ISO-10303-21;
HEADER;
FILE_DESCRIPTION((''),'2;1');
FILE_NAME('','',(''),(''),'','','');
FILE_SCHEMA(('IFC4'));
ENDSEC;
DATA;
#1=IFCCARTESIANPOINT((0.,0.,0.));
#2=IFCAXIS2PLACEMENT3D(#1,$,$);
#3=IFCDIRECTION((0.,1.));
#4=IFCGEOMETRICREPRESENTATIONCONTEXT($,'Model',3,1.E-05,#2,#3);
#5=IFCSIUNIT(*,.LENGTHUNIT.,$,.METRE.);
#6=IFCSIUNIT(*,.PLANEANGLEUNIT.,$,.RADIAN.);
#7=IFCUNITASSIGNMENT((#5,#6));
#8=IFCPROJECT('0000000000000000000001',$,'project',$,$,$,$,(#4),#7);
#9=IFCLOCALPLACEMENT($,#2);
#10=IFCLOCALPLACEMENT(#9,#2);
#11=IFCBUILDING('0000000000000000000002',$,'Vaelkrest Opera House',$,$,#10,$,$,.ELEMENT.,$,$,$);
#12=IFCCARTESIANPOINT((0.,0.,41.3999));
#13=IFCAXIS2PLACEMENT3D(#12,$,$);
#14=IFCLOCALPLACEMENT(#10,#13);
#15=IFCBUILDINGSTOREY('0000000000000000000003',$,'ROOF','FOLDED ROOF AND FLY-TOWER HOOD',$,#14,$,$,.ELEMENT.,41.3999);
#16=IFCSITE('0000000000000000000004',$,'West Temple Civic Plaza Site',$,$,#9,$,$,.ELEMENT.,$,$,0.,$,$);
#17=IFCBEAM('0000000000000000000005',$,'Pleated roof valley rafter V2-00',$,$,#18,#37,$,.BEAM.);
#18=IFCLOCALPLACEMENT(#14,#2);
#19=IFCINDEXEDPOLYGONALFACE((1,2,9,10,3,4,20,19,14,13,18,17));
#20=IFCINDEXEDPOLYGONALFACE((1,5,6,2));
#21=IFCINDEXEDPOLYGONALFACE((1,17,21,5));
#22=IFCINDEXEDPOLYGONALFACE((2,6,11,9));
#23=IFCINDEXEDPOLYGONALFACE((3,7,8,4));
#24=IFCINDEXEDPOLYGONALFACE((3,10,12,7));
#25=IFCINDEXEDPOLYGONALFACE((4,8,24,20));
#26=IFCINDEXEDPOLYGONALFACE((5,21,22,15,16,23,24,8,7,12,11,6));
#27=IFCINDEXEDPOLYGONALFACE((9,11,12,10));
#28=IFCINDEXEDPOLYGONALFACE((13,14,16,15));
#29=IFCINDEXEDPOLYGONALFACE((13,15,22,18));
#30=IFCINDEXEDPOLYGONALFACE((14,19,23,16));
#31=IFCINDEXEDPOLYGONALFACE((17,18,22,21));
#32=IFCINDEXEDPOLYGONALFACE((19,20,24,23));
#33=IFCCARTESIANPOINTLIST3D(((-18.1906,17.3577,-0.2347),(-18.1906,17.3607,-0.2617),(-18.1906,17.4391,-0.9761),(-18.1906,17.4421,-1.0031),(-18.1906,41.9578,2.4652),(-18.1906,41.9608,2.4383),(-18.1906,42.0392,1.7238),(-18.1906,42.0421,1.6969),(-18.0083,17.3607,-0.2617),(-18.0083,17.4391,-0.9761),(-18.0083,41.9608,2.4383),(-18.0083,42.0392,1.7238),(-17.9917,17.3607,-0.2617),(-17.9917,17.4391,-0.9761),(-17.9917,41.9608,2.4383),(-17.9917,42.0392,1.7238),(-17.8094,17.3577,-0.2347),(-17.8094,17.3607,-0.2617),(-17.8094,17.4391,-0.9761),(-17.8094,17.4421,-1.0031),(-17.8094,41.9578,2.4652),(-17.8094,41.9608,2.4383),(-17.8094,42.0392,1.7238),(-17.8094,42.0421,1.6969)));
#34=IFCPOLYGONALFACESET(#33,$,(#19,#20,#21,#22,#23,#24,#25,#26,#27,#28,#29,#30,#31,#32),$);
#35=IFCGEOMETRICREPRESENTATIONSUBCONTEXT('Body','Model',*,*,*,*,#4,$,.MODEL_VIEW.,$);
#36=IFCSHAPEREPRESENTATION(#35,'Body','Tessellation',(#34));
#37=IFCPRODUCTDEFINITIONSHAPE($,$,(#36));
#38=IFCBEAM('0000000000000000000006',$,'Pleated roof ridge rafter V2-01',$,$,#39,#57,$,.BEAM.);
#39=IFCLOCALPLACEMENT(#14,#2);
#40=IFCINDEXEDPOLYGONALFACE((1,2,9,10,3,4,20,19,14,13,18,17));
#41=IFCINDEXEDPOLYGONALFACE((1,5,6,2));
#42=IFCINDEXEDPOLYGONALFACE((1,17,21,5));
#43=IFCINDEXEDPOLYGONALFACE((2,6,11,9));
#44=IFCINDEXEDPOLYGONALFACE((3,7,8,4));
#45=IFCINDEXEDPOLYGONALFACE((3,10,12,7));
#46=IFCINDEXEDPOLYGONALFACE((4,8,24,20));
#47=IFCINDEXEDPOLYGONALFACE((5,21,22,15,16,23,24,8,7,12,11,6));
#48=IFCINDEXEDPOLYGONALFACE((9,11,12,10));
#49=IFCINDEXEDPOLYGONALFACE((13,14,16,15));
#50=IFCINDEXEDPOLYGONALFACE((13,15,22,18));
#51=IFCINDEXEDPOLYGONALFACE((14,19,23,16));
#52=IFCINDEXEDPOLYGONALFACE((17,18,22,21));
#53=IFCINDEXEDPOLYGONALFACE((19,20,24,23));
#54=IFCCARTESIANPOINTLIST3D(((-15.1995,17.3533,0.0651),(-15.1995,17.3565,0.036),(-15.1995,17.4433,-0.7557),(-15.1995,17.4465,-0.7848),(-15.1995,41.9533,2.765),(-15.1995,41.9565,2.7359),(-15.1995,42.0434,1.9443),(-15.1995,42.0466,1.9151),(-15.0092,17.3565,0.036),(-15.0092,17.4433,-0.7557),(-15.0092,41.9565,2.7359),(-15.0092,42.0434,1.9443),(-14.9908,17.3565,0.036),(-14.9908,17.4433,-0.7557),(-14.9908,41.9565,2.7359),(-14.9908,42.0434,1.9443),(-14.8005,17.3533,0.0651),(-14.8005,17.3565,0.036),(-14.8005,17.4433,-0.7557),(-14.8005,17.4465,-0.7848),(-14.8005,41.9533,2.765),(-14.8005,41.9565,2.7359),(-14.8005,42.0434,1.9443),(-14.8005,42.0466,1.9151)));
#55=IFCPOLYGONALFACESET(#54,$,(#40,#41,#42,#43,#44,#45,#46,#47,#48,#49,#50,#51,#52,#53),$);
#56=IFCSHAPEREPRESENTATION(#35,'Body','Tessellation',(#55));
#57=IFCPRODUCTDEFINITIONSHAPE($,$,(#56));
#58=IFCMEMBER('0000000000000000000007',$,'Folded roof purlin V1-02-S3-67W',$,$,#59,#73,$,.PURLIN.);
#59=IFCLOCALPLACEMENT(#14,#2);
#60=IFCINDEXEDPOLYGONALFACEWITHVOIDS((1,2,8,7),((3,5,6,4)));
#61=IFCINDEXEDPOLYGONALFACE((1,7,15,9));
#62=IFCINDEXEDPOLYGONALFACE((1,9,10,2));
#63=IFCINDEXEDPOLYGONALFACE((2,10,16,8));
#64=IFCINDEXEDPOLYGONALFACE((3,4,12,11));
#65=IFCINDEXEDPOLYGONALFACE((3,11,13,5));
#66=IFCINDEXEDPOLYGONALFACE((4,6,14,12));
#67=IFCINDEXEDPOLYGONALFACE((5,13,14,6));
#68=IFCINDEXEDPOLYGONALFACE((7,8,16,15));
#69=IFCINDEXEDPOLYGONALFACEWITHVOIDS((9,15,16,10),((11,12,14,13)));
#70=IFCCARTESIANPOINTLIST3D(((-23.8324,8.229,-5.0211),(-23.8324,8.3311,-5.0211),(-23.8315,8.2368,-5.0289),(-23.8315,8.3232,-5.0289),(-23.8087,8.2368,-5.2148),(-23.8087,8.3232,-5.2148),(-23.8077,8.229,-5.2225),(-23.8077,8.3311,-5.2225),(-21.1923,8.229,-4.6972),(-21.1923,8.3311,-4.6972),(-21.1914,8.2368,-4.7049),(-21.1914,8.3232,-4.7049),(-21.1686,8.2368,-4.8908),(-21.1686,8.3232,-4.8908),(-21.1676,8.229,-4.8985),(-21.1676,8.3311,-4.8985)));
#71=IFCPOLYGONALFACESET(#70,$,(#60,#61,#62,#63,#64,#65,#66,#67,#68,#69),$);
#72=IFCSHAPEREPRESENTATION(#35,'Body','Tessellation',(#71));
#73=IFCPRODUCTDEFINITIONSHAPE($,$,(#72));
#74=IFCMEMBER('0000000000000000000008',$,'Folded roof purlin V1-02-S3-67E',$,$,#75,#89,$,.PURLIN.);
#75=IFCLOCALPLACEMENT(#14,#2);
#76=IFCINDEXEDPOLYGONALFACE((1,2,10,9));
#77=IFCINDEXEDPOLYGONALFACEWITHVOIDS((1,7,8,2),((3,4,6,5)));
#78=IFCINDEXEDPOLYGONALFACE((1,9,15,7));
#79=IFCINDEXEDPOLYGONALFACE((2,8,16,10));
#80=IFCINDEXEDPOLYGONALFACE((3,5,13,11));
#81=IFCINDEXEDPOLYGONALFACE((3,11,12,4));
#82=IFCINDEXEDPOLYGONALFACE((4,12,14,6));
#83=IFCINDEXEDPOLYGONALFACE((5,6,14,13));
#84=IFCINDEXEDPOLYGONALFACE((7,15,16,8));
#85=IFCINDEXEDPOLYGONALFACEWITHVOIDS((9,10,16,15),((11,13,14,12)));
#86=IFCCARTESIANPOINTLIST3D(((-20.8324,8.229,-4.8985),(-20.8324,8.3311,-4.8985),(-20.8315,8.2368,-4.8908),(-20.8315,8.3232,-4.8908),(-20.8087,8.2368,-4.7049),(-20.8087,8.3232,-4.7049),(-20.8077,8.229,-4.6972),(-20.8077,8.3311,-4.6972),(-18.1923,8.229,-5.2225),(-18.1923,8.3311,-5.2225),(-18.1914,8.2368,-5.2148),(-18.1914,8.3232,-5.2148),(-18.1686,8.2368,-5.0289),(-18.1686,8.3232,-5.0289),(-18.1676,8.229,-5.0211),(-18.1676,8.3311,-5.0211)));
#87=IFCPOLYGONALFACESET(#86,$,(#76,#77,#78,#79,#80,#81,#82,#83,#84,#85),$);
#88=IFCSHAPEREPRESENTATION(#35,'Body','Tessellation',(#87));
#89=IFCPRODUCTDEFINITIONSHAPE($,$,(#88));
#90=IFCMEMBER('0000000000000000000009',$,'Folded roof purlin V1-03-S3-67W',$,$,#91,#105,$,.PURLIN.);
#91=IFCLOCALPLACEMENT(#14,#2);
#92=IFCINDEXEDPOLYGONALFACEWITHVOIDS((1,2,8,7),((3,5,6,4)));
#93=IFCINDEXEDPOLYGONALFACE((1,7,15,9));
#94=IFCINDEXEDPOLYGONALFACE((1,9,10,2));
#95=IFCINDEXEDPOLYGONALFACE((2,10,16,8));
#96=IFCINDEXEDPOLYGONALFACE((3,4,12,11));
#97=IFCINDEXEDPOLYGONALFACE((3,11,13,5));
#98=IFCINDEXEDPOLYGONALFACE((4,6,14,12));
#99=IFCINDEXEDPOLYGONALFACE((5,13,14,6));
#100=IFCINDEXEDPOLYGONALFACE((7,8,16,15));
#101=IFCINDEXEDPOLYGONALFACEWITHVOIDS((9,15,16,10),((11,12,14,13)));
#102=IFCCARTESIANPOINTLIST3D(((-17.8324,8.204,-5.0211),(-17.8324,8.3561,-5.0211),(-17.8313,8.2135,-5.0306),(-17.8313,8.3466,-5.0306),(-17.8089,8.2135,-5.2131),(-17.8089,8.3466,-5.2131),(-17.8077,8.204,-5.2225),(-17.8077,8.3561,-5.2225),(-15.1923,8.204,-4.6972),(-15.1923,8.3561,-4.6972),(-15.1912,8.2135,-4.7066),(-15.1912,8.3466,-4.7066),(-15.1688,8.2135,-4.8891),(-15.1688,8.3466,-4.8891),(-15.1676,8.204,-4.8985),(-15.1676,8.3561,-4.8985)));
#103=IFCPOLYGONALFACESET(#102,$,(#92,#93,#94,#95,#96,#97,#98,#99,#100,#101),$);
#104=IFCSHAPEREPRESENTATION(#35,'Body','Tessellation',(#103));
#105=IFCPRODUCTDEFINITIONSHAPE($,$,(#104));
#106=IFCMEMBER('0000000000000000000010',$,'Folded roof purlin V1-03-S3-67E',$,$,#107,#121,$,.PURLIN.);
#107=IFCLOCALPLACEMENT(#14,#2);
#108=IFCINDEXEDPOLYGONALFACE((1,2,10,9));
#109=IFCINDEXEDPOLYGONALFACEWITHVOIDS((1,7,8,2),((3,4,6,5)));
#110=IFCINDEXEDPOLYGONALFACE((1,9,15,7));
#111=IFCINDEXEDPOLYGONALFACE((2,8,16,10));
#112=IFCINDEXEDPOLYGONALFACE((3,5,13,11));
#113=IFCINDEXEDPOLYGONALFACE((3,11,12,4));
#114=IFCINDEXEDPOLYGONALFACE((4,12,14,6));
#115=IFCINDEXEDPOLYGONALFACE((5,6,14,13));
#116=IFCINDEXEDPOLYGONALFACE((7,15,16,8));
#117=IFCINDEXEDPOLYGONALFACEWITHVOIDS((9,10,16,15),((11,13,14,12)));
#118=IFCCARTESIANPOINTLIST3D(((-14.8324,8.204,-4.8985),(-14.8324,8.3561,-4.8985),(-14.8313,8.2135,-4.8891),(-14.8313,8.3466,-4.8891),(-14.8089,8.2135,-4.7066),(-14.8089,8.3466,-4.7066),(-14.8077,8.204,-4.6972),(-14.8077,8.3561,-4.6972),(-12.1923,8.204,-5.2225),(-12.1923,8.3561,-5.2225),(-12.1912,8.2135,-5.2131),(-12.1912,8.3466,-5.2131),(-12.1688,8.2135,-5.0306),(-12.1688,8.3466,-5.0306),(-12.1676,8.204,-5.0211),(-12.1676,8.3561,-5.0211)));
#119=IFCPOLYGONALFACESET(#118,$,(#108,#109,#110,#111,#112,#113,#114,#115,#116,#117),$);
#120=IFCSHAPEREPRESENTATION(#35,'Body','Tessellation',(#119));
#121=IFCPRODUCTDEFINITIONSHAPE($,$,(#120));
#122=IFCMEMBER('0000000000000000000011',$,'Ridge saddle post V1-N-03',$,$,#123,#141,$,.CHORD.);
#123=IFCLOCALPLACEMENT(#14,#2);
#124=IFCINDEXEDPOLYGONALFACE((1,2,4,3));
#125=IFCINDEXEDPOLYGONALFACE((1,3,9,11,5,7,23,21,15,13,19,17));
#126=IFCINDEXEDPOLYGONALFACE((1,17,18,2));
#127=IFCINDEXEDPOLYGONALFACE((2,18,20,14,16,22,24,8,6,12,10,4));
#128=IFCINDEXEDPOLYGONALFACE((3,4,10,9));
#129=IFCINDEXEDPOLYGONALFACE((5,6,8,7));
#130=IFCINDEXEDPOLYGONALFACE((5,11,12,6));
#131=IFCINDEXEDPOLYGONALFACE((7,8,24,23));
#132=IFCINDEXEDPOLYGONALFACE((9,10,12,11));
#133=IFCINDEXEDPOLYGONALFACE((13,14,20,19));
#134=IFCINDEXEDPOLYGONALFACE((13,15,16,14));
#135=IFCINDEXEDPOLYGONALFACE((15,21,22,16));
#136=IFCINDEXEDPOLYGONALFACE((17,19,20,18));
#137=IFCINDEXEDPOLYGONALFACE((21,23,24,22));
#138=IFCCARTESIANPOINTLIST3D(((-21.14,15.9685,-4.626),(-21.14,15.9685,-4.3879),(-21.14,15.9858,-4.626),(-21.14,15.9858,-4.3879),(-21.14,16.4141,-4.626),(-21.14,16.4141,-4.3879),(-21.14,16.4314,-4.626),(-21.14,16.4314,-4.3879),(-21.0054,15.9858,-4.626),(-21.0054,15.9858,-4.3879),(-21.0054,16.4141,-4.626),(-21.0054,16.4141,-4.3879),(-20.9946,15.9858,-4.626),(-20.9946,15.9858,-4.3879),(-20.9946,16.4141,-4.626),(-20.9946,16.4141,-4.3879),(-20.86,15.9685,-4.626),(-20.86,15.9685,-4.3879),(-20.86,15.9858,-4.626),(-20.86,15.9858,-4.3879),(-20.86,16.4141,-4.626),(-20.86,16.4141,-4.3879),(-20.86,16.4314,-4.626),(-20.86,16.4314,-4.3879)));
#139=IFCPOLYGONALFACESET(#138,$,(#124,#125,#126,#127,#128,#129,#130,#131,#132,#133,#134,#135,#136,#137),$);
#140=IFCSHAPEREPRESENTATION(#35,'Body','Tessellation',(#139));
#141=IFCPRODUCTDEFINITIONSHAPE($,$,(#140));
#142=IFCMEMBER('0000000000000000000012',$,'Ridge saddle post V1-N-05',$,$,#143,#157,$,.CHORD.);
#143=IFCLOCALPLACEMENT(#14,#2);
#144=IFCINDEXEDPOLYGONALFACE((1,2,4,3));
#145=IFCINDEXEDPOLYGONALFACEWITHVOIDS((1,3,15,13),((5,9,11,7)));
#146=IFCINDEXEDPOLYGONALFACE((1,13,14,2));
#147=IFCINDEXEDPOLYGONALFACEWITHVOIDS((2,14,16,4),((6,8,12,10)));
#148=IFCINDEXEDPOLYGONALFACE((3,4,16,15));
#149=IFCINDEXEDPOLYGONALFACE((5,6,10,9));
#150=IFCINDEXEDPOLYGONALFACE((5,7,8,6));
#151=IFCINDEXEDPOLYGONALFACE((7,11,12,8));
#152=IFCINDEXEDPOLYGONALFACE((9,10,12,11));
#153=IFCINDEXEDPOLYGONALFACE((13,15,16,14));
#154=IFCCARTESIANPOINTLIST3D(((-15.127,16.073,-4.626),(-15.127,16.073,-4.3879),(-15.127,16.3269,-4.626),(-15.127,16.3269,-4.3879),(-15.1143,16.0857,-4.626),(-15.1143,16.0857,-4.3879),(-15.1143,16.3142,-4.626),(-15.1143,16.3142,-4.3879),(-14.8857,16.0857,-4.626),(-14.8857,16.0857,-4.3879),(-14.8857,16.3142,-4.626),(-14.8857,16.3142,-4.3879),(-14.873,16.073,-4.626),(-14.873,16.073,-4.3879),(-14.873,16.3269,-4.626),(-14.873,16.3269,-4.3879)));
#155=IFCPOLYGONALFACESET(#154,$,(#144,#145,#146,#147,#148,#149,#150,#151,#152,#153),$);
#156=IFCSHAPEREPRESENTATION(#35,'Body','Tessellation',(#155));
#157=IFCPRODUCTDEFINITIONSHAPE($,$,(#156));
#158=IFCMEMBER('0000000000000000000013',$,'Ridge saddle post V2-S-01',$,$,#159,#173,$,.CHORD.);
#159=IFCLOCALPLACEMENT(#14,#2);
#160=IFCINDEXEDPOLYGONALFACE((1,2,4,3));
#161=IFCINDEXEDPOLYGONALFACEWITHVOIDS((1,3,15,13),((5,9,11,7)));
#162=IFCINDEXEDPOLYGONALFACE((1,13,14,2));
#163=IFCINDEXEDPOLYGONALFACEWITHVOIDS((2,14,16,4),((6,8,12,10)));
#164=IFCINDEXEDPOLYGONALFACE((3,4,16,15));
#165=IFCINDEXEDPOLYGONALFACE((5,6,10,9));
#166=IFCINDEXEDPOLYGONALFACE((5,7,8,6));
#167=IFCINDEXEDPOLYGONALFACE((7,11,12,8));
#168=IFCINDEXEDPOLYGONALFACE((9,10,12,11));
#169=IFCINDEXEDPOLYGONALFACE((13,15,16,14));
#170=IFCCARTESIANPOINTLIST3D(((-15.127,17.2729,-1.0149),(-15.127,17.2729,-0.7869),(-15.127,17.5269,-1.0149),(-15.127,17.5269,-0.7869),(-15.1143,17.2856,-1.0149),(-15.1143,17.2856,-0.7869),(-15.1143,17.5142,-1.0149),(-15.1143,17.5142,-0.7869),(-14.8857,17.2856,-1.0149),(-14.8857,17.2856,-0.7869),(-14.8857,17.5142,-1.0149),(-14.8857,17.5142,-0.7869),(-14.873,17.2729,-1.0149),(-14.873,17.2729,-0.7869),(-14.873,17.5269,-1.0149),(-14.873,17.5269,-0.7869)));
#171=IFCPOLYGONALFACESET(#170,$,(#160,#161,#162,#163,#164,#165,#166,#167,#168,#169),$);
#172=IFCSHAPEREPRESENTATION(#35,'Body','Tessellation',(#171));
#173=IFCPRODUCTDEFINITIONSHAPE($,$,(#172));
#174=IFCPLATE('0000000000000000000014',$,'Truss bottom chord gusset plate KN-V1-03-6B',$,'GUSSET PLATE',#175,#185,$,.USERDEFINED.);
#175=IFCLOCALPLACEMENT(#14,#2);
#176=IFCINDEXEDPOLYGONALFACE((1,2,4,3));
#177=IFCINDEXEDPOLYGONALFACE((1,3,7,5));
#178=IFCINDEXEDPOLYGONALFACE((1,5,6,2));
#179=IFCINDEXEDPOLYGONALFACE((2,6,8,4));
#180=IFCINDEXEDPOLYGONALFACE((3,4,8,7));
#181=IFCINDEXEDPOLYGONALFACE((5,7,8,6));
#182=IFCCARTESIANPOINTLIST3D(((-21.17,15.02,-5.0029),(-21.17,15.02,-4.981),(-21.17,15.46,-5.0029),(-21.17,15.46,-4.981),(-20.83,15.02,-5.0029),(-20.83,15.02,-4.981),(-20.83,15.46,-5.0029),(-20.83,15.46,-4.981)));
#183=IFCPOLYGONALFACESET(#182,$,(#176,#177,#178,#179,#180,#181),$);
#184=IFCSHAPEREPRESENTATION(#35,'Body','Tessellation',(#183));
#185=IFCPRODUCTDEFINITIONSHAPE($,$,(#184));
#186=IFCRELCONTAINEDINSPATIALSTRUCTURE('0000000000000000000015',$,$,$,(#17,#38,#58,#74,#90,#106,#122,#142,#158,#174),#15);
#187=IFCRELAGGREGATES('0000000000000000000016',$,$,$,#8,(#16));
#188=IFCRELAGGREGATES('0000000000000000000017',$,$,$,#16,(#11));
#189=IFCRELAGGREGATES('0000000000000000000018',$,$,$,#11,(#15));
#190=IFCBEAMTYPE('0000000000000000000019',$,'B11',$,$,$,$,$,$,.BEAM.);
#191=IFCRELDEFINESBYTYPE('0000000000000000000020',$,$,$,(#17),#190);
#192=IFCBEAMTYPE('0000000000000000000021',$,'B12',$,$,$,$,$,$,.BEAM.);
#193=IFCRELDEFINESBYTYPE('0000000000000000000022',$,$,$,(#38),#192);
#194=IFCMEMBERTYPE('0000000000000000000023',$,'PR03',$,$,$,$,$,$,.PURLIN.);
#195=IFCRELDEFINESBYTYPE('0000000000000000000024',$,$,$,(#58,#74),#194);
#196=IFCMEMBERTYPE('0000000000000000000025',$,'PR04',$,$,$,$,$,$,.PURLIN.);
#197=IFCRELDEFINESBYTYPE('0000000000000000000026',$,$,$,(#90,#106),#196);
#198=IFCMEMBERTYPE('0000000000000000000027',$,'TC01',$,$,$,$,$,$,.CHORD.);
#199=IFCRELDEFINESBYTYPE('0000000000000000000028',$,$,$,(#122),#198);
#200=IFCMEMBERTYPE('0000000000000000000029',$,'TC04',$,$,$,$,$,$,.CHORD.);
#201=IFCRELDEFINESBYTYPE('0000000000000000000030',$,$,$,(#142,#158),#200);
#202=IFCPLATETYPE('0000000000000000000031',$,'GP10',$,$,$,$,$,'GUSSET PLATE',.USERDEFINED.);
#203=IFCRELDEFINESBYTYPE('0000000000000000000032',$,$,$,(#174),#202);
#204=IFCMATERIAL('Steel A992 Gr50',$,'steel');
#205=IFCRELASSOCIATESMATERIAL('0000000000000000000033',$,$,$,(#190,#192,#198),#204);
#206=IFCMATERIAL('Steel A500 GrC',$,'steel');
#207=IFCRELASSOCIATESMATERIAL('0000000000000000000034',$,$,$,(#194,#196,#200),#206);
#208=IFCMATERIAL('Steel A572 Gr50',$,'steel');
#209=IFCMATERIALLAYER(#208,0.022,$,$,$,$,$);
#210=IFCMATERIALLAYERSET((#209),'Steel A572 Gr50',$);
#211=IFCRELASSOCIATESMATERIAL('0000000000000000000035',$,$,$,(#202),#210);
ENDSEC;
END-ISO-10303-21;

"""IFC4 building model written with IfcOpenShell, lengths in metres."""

from ifc_helpers import new_model, si_unit, direction, frame, origin, origin_2d, place, context, subcontext, project, spatial, rectangle, hollow_rectangle, i_section, extrude, material, layer, layer_set, material_profile, profile_set, type_object, element, save


model = new_model("IFC4")

# Units and contexts
model_context = context("Model", 3, precision=1e-05, world=origin(), true_north=direction((0.0, 1.0)))
body_context = subcontext(model_context, "Body", "Model", "MODEL_VIEW")
ifc_project = project(units=[si_unit("LENGTHUNIT", "METRE"), si_unit("PLANEANGLEUNIT", "RADIAN")], contexts=[model_context])

# Site, building, storey
site_placement = place(None, origin())
site = spatial("IfcSite", under=ifc_project, at=site_placement, Name="West Temple Civic Plaza Site", CompositionType="ELEMENT", RefElevation=0.0)
building_placement = place(site_placement, origin())
building = spatial("IfcBuilding", under=site, at=building_placement, Name="Vaelkrest Opera House", CompositionType="ELEMENT")
storey_placement = place(building_placement, frame((0.0, 0.0, 41.3999)))
storey = spatial("IfcBuildingStorey", under=building, at=storey_placement, Name="ROOF", Description="FOLDED ROOF AND FLY-TOWER HOOD", CompositionType="ELEMENT", Elevation=41.3999)

# Beams
ifc_material_1 = material(Name="Steel A992 Gr50", Category="steel")
ifc_material_profile_1 = material_profile(ifc_material_1, i_section(OverallWidth=0.3811, OverallDepth=0.7729, WebThickness=0.0166, FlangeThickness=0.0271, at=origin_2d()), Name="W30X173")
ifc_profile_set_1 = profile_set([ifc_material_profile_1], Name="Steel A992 Gr50")
beam_type_1 = type_object("IfcBeamType", Name="B11", PredefinedType="BEAM", material=ifc_profile_set_1)
beam_1_placement = place(storey_placement, frame((-18.0, 17.3999, -0.6189), z_axis=(0.0, 0.994031, 0.109099), x_axis=(-1.0, 0.0, 0.0)))
element("IfcBeam", 1, at=beam_1_placement, inside=storey, type_object=beam_type_1, Name="Pleated roof valley rafter V2-00", PredefinedType="BEAM", context=body_context, shape_type="SweptSolid", body=[
    extrude(i_section(OverallWidth=0.3811, OverallDepth=0.7729, WebThickness=0.0166, FlangeThickness=0.0271, at=origin_2d()), origin(), (0.0, 0.0, 1.0), 24.7478),
])
ifc_material_profile_2 = material_profile(ifc_material_1, i_section(OverallWidth=0.3989, OverallDepth=0.855, WebThickness=0.0183, FlangeThickness=0.0293, at=origin_2d()), Name="W33X201")
ifc_profile_set_2 = profile_set([ifc_material_profile_2], Name="Steel A992 Gr50")
beam_type_2 = type_object("IfcBeamType", Name="B12", PredefinedType="BEAM", material=ifc_profile_set_2)
beam_2_placement = place(storey_placement, frame((-15.0, 17.3999, -0.3599), z_axis=(0.0, 0.994031, 0.109099), x_axis=(-1.0, 0.0, 0.0)))
element("IfcBeam", 2, at=beam_2_placement, inside=storey, type_object=beam_type_2, Name="Pleated roof ridge rafter V2-01", PredefinedType="BEAM", context=body_context, shape_type="SweptSolid", body=[
    extrude(i_section(OverallWidth=0.3989, OverallDepth=0.855, WebThickness=0.0183, FlangeThickness=0.0293, at=origin_2d()), origin(), (0.0, 0.0, 1.0), 24.7478),
])

# Members
ifc_material_2 = material(Name="Steel A500 GrC", Category="steel")
ifc_material_profile_3 = material_profile(ifc_material_2, hollow_rectangle(XDim=0.1021, YDim=0.2029, WallThickness=0.0078, at=origin_2d()), Name="HSS203X102X8")
ifc_profile_set_3 = profile_set([ifc_material_profile_3], Name="Steel A500 GrC")
member_type_1 = type_object("IfcMemberType", Name="PR03", PredefinedType="PURLIN", material=ifc_profile_set_3)
for number, where, z_axis, x_axis, name in (
    (3, (-23.8201, 8.28, -5.1218), (0.992555, 0.0, 0.121798), (0.0, 1.0, 0.0), "Folded roof purlin V1-02-S3-67W"),
    (4, (-20.8201, 8.28, -4.7979), (0.992555, 0.0, -0.121798), (0.0, 1.0, 0.0), "Folded roof purlin V1-02-S3-67E"),
):
    element("IfcMember", number, at=place(storey_placement, frame(where, z_axis=z_axis, x_axis=x_axis)), inside=storey, type_object=member_type_1, Name=name, PredefinedType="PURLIN", context=body_context, shape_type="SweptSolid", body=[
        extrude(hollow_rectangle(XDim=0.1021, YDim=0.2029, WallThickness=0.0078, at=origin_2d()), origin(), (0.0, 0.0, 1.0), 2.6599),
    ])
ifc_material_profile_4 = material_profile(ifc_material_2, hollow_rectangle(XDim=0.1521, YDim=0.2029, WallThickness=0.0095, at=origin_2d()), Name="HSS203X152X9.5")
ifc_profile_set_4 = profile_set([ifc_material_profile_4], Name="Steel A500 GrC")
member_type_2 = type_object("IfcMemberType", Name="PR04", PredefinedType="PURLIN", material=ifc_profile_set_4)
for number, where, z_axis, x_axis, name in (
    (5, (-17.8201, 8.28, -5.1218), (0.992555, 0.0, 0.121798), (0.0, 1.0, 0.0), "Folded roof purlin V1-03-S3-67W"),
    (6, (-14.8201, 8.28, -4.7979), (0.992555, 0.0, -0.121798), (0.0, 1.0, 0.0), "Folded roof purlin V1-03-S3-67E"),
):
    element("IfcMember", number, at=place(storey_placement, frame(where, z_axis=z_axis, x_axis=x_axis)), inside=storey, type_object=member_type_2, Name=name, PredefinedType="PURLIN", context=body_context, shape_type="SweptSolid", body=[
        extrude(hollow_rectangle(XDim=0.1521, YDim=0.2029, WallThickness=0.0095, at=origin_2d()), origin(), (0.0, 0.0, 1.0), 2.6599),
    ])
ifc_material_profile_5 = material_profile(ifc_material_1, i_section(OverallWidth=0.28, OverallDepth=0.4629, WebThickness=0.0107, FlangeThickness=0.0173, at=origin_2d()), Name="W18X76")
ifc_profile_set_5 = profile_set([ifc_material_profile_5], Name="Steel A992 Gr50")
member_type_3 = type_object("IfcMemberType", Name="TC01", PredefinedType="CHORD", material=ifc_profile_set_5)
member_1_placement = place(storey_placement, frame((-21.0, 16.2, -4.626), z_axis=(0.0, 0.0, 1.0), x_axis=(1.0, 0.0, 0.0)))
element("IfcMember", 7, at=member_1_placement, inside=storey, type_object=member_type_3, Name="Ridge saddle post V1-N-03", PredefinedType="CHORD", context=body_context, shape_type="SweptSolid", body=[
    extrude(i_section(OverallWidth=0.28, OverallDepth=0.4629, WebThickness=0.0107, FlangeThickness=0.0173, at=origin_2d()), origin(), (0.0, 0.0, 1.0), 0.238),
])
ifc_material_profile_6 = material_profile(ifc_material_2, hollow_rectangle(XDim=0.2539, YDim=0.2539, WallThickness=0.0127, at=origin_2d()), Name="HSS254X254X12.7")
ifc_profile_set_6 = profile_set([ifc_material_profile_6], Name="Steel A500 GrC")
member_type_4 = type_object("IfcMemberType", Name="TC04", PredefinedType="CHORD", material=ifc_profile_set_6)
member_2_placement = place(storey_placement, frame((-15.0, 16.2, -4.626), z_axis=(0.0, 0.0, 1.0), x_axis=(1.0, 0.0, 0.0)))
element("IfcMember", 8, at=member_2_placement, inside=storey, type_object=member_type_4, Name="Ridge saddle post V1-N-05", PredefinedType="CHORD", context=body_context, shape_type="SweptSolid", body=[
    extrude(hollow_rectangle(XDim=0.2539, YDim=0.2539, WallThickness=0.0127, at=origin_2d()), origin(), (0.0, 0.0, 1.0), 0.238),
])
member_3_placement = place(storey_placement, frame((-15.0, 17.3999, -1.0149), z_axis=(0.0, 0.0, 1.0), x_axis=(1.0, 0.0, 0.0)))
element("IfcMember", 9, at=member_3_placement, inside=storey, type_object=member_type_4, Name="Ridge saddle post V2-S-01", PredefinedType="CHORD", context=body_context, shape_type="SweptSolid", body=[
    extrude(hollow_rectangle(XDim=0.2539, YDim=0.2539, WallThickness=0.0127, at=origin_2d()), origin(), (0.0, 0.0, 1.0), 0.228),
])

# Plate
ifc_material_3 = material(Name="Steel A572 Gr50", Category="steel")
ifc_layer_1 = layer(ifc_material_3, 0.022)
ifc_layer_set_1 = layer_set([ifc_layer_1], Name="Steel A572 Gr50")
plate_type_1 = type_object("IfcPlateType", Name="GP10", ElementType="GUSSET PLATE", PredefinedType="USERDEFINED", material=ifc_layer_set_1)
plate_1_placement = place(storey_placement, frame((-21.0, 15.24, -5.0029), z_axis=(0.0, 0.0, 1.0), x_axis=(0.0, 1.0, 0.0)))
element("IfcPlate", 10, at=plate_1_placement, inside=storey, type_object=plate_type_1, Name="Truss bottom chord gusset plate KN-V1-03-6B", ObjectType="GUSSET PLATE", PredefinedType="USERDEFINED", context=body_context, shape_type="SweptSolid", body=[
    extrude(rectangle(XDim=0.4399, YDim=0.3401, at=origin_2d()), origin(), (0.0, 0.0, 1.0), 0.022),
])

save(model, "model.ifc")
